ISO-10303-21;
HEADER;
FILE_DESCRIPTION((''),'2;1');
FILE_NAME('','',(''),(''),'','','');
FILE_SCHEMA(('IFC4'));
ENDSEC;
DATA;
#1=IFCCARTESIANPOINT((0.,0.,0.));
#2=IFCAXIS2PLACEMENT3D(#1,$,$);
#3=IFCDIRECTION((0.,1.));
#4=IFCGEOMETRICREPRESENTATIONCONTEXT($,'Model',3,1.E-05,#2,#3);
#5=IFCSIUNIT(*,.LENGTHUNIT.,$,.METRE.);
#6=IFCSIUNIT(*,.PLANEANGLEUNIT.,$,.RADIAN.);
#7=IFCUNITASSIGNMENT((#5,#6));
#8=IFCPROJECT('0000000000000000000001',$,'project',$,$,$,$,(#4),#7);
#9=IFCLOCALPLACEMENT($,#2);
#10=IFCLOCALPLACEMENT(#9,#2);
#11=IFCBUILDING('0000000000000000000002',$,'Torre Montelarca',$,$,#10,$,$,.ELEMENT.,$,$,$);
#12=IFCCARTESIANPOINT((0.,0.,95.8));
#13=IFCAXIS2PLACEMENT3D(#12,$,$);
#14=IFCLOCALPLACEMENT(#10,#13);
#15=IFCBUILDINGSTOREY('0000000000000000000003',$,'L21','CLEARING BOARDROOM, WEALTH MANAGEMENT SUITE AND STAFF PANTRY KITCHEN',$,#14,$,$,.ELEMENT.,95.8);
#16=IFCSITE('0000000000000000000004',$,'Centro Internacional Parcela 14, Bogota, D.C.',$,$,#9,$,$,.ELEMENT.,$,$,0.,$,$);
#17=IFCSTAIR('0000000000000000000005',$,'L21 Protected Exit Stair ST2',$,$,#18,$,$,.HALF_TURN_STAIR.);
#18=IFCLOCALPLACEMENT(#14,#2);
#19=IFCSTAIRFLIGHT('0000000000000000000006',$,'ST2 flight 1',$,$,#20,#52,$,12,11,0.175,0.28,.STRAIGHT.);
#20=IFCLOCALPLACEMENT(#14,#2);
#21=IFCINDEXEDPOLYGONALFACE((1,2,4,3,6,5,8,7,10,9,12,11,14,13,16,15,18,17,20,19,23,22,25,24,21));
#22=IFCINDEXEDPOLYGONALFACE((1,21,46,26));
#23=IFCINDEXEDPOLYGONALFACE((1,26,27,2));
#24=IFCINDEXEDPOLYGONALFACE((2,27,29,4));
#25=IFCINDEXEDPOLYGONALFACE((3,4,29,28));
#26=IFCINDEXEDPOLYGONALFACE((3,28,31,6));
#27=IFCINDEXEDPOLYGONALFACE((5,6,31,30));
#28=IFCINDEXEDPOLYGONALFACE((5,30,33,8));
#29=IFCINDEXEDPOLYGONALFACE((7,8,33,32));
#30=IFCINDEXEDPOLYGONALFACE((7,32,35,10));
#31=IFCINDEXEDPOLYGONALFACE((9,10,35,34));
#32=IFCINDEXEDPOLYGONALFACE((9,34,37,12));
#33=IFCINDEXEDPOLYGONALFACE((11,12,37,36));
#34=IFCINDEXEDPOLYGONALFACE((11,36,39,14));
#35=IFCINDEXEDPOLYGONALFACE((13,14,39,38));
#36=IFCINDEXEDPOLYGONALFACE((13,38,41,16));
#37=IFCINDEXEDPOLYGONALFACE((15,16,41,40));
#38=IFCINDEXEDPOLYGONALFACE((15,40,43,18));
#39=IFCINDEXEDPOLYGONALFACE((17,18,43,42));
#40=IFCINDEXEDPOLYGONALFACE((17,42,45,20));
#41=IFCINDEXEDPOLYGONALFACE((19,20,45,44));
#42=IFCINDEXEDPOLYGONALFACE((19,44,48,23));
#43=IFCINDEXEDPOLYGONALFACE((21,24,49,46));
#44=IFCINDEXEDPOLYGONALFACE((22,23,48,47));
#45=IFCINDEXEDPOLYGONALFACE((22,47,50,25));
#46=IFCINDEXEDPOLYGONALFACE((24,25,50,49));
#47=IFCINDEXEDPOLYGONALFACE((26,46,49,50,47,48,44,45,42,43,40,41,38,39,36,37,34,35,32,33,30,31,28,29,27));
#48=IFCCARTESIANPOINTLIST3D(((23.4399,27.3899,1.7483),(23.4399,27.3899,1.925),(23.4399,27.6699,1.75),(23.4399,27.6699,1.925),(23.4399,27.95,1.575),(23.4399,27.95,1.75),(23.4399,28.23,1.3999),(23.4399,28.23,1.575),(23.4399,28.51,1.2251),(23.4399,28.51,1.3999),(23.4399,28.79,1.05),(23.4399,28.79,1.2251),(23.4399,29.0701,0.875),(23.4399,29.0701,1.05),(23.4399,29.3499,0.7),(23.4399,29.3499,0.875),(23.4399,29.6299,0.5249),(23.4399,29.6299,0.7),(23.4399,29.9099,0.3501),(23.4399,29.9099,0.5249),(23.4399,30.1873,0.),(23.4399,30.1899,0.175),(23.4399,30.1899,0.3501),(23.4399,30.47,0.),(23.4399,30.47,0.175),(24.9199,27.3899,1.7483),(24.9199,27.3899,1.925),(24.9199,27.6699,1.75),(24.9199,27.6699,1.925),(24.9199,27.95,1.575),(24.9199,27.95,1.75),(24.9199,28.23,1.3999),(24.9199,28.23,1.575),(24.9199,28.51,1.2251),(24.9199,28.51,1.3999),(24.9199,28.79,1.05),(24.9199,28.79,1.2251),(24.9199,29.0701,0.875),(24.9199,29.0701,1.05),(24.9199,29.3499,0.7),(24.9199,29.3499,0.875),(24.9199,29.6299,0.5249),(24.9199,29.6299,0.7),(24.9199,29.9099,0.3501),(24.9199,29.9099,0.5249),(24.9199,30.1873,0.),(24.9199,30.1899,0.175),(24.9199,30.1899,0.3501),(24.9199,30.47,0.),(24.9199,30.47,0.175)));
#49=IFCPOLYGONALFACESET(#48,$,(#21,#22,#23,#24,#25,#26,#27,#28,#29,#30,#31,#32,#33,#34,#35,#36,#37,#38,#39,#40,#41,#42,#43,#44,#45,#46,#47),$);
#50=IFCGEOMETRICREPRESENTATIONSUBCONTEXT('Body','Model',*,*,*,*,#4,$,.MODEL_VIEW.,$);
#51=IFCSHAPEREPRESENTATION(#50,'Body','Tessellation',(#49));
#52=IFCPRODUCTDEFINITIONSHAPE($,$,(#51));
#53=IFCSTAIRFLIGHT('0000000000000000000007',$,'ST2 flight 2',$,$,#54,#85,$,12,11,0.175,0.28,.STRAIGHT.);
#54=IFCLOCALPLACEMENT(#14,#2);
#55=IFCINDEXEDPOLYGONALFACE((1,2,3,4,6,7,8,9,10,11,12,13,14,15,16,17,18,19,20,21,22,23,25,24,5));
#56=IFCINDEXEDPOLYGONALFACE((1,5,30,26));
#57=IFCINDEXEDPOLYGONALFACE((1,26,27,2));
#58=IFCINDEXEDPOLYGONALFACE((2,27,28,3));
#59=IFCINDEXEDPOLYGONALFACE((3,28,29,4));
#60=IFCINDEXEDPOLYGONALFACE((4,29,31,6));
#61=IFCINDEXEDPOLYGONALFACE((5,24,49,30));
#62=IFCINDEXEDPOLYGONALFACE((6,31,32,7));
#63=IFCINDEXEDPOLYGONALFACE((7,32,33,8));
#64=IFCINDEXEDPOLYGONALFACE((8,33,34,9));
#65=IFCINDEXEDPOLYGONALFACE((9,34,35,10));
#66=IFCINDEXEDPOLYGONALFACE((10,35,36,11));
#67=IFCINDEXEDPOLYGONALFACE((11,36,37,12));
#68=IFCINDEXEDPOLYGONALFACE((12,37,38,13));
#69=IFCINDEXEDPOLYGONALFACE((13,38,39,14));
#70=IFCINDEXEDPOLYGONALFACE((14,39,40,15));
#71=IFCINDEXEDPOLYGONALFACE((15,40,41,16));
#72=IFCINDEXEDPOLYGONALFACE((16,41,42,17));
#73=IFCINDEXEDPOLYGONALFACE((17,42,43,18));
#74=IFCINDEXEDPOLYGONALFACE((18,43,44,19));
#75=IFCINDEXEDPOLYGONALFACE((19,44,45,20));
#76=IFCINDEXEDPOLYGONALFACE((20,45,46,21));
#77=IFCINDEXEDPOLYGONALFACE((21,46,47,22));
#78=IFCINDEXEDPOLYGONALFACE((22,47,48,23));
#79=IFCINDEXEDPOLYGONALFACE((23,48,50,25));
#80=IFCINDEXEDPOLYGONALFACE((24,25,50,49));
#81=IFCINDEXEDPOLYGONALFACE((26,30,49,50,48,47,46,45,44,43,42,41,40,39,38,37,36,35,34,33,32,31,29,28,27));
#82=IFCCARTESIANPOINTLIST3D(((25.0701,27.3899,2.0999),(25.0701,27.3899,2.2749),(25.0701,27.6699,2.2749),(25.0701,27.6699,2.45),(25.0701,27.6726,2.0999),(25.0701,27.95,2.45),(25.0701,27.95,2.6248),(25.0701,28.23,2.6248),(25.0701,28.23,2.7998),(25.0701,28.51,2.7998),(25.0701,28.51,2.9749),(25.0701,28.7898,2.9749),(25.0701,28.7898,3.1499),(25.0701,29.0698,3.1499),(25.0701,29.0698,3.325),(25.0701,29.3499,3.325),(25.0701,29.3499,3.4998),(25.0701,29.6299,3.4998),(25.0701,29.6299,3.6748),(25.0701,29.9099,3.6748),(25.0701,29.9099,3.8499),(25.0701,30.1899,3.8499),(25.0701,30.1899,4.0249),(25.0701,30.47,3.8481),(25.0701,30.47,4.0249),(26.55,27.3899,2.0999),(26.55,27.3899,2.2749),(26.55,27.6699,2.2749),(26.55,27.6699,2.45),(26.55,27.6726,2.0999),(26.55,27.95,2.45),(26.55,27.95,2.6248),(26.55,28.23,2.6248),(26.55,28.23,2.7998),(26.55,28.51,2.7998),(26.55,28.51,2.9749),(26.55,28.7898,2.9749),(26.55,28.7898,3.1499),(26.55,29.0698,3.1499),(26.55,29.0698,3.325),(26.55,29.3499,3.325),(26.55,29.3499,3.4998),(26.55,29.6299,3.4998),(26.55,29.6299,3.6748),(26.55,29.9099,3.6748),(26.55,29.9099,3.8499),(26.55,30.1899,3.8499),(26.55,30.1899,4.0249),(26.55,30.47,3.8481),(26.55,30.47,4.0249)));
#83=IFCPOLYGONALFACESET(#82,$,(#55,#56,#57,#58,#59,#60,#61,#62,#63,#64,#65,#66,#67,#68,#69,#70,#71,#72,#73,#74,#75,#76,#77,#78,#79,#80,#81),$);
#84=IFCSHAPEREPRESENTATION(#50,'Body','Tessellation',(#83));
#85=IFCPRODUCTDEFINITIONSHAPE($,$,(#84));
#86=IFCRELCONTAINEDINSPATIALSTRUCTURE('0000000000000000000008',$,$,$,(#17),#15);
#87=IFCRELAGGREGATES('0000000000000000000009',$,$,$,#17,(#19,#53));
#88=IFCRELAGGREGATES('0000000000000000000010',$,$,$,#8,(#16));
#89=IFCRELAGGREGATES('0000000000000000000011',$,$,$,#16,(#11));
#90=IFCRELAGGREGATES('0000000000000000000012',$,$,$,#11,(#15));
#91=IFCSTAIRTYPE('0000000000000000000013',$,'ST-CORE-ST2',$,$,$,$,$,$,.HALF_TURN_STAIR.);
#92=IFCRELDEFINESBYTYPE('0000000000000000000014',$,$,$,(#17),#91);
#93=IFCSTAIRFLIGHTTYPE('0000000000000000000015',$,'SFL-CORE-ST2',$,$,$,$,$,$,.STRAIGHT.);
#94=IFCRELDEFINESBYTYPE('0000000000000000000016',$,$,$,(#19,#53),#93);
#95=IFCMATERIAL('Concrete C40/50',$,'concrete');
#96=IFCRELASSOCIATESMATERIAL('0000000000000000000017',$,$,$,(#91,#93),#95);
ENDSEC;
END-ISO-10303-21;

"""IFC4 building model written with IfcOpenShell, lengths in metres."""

from ifc_helpers import new_model, si_unit, direction, frame, origin, place, context, subcontext, project, spatial, polyline, outline, extrude, material, type_object, element, aggregate, save


model = new_model("IFC4")

# Units and contexts
model_context = context("Model", 3, precision=1e-05, world=origin(), true_north=direction((0.0, 1.0)))
body_context = subcontext(model_context, "Body", "Model", "MODEL_VIEW")
ifc_project = project(units=[si_unit("LENGTHUNIT", "METRE"), si_unit("PLANEANGLEUNIT", "RADIAN")], contexts=[model_context])

# Site, building, storey
site_placement = place(None, origin())
site = spatial("IfcSite", under=ifc_project, at=site_placement, Name="Centro Internacional Parcela 14, Bogota, D.C.", CompositionType="ELEMENT", RefElevation=0.0)
building_placement = place(site_placement, origin())
building = spatial("IfcBuilding", under=site, at=building_placement, Name="Torre Montelarca", CompositionType="ELEMENT")
storey_placement = place(building_placement, frame((0.0, 0.0, 95.8)))
storey = spatial("IfcBuildingStorey", under=building, at=storey_placement, Name="L21", Description="CLEARING BOARDROOM, WEALTH MANAGEMENT SUITE AND STAFF PANTRY KITCHEN", CompositionType="ELEMENT", Elevation=95.8)

# Shared definitions
ifc_material_1 = material(Name="Concrete C40/50", Category="concrete")

# Stair, stair flights
stair_type = type_object("IfcStairType", Name="ST-CORE-ST2", PredefinedType="HALF_TURN_STAIR", material=ifc_material_1)
stair_placement = place(storey_placement, origin())
stair = element("IfcStair", 1, at=stair_placement, inside=storey, type_object=stair_type, Name="L21 Protected Exit Stair ST2", PredefinedType="HALF_TURN_STAIR")
stair_flight_type = type_object("IfcStairFlightType", Name="SFL-CORE-ST2", PredefinedType="STRAIGHT", material=ifc_material_1)
stair_flight_1_placement = place(storey_placement, frame((24.1799, 30.47, 0.0), z_axis=(0.0, 0.0, 1.0), x_axis=(0.0, -1.0, 0.0)))
stair_flight_1 = element("IfcStairFlight", 2, at=stair_flight_1_placement, type_object=stair_flight_type, Name="ST2 flight 1", NumberOfRisers=12, NumberOfTreads=11, PredefinedType="STRAIGHT", RiserHeight=0.175, TreadLength=0.28, context=body_context, shape_type="SweptSolid", body=[
    extrude(outline(polyline([(0.0, 0.0), (0.0, 0.175), (0.28, 0.175), (0.28, 0.3501), (0.5601, 0.3501), (0.5601, 0.5249), (0.8401, 0.5249), (0.8401, 0.7), (1.1201, 0.7), (1.1201, 0.875), (1.3999, 0.875), (1.3999, 1.05), (1.6799, 1.05), (1.6799, 1.2251), (1.96, 1.2251), (1.96, 1.3999), (2.24, 1.3999), (2.24, 1.575), (2.52, 1.575), (2.52, 1.75), (2.8, 1.75), (2.8, 1.925), (3.0801, 1.925), (3.0801, 2.1001), (3.0801, 1.7483), (0.2827, 0.0), (0.0, 0.0)])), frame((0.0, 0.74, 0.0), z_axis=(0.0, -1.0, 0.0), x_axis=(1.0, 0.0, 0.0)), (0.0, 0.0, 1.0), 1.48),
])
stair_flight_2_placement = place(storey_placement, frame((25.8101, 27.3899, 2.0999), z_axis=(0.0, 0.0, 1.0), x_axis=(0.0, 1.0, 0.0)))
stair_flight_2 = element("IfcStairFlight", 3, at=stair_flight_2_placement, type_object=stair_flight_type, Name="ST2 flight 2", NumberOfRisers=12, NumberOfTreads=11, PredefinedType="STRAIGHT", RiserHeight=0.175, TreadLength=0.28, context=body_context, shape_type="SweptSolid", body=[
    extrude(outline(polyline([(0.0, 0.0), (0.0, 0.175), (0.28, 0.175), (0.28, 0.3501), (0.5601, 0.3501), (0.5601, 0.5249), (0.8401, 0.5249), (0.8401, 0.7), (1.1201, 0.7), (1.1201, 0.875), (1.3999, 0.875), (1.3999, 1.05), (1.6799, 1.05), (1.6799, 1.2251), (1.96, 1.2251), (1.96, 1.3999), (2.24, 1.3999), (2.24, 1.575), (2.52, 1.575), (2.52, 1.75), (2.8, 1.75), (2.8, 1.925), (3.0801, 1.925), (3.0801, 2.1001), (3.0801, 1.7483), (0.2827, 0.0), (0.0, 0.0)])), frame((0.0, 0.74, 0.0), z_axis=(0.0, -1.0, 0.0), x_axis=(1.0, 0.0, 0.0)), (0.0, 0.0, 1.0), 1.48),
])
aggregate(stair, [stair_flight_1, stair_flight_2])

save(model, "model.ifc")
